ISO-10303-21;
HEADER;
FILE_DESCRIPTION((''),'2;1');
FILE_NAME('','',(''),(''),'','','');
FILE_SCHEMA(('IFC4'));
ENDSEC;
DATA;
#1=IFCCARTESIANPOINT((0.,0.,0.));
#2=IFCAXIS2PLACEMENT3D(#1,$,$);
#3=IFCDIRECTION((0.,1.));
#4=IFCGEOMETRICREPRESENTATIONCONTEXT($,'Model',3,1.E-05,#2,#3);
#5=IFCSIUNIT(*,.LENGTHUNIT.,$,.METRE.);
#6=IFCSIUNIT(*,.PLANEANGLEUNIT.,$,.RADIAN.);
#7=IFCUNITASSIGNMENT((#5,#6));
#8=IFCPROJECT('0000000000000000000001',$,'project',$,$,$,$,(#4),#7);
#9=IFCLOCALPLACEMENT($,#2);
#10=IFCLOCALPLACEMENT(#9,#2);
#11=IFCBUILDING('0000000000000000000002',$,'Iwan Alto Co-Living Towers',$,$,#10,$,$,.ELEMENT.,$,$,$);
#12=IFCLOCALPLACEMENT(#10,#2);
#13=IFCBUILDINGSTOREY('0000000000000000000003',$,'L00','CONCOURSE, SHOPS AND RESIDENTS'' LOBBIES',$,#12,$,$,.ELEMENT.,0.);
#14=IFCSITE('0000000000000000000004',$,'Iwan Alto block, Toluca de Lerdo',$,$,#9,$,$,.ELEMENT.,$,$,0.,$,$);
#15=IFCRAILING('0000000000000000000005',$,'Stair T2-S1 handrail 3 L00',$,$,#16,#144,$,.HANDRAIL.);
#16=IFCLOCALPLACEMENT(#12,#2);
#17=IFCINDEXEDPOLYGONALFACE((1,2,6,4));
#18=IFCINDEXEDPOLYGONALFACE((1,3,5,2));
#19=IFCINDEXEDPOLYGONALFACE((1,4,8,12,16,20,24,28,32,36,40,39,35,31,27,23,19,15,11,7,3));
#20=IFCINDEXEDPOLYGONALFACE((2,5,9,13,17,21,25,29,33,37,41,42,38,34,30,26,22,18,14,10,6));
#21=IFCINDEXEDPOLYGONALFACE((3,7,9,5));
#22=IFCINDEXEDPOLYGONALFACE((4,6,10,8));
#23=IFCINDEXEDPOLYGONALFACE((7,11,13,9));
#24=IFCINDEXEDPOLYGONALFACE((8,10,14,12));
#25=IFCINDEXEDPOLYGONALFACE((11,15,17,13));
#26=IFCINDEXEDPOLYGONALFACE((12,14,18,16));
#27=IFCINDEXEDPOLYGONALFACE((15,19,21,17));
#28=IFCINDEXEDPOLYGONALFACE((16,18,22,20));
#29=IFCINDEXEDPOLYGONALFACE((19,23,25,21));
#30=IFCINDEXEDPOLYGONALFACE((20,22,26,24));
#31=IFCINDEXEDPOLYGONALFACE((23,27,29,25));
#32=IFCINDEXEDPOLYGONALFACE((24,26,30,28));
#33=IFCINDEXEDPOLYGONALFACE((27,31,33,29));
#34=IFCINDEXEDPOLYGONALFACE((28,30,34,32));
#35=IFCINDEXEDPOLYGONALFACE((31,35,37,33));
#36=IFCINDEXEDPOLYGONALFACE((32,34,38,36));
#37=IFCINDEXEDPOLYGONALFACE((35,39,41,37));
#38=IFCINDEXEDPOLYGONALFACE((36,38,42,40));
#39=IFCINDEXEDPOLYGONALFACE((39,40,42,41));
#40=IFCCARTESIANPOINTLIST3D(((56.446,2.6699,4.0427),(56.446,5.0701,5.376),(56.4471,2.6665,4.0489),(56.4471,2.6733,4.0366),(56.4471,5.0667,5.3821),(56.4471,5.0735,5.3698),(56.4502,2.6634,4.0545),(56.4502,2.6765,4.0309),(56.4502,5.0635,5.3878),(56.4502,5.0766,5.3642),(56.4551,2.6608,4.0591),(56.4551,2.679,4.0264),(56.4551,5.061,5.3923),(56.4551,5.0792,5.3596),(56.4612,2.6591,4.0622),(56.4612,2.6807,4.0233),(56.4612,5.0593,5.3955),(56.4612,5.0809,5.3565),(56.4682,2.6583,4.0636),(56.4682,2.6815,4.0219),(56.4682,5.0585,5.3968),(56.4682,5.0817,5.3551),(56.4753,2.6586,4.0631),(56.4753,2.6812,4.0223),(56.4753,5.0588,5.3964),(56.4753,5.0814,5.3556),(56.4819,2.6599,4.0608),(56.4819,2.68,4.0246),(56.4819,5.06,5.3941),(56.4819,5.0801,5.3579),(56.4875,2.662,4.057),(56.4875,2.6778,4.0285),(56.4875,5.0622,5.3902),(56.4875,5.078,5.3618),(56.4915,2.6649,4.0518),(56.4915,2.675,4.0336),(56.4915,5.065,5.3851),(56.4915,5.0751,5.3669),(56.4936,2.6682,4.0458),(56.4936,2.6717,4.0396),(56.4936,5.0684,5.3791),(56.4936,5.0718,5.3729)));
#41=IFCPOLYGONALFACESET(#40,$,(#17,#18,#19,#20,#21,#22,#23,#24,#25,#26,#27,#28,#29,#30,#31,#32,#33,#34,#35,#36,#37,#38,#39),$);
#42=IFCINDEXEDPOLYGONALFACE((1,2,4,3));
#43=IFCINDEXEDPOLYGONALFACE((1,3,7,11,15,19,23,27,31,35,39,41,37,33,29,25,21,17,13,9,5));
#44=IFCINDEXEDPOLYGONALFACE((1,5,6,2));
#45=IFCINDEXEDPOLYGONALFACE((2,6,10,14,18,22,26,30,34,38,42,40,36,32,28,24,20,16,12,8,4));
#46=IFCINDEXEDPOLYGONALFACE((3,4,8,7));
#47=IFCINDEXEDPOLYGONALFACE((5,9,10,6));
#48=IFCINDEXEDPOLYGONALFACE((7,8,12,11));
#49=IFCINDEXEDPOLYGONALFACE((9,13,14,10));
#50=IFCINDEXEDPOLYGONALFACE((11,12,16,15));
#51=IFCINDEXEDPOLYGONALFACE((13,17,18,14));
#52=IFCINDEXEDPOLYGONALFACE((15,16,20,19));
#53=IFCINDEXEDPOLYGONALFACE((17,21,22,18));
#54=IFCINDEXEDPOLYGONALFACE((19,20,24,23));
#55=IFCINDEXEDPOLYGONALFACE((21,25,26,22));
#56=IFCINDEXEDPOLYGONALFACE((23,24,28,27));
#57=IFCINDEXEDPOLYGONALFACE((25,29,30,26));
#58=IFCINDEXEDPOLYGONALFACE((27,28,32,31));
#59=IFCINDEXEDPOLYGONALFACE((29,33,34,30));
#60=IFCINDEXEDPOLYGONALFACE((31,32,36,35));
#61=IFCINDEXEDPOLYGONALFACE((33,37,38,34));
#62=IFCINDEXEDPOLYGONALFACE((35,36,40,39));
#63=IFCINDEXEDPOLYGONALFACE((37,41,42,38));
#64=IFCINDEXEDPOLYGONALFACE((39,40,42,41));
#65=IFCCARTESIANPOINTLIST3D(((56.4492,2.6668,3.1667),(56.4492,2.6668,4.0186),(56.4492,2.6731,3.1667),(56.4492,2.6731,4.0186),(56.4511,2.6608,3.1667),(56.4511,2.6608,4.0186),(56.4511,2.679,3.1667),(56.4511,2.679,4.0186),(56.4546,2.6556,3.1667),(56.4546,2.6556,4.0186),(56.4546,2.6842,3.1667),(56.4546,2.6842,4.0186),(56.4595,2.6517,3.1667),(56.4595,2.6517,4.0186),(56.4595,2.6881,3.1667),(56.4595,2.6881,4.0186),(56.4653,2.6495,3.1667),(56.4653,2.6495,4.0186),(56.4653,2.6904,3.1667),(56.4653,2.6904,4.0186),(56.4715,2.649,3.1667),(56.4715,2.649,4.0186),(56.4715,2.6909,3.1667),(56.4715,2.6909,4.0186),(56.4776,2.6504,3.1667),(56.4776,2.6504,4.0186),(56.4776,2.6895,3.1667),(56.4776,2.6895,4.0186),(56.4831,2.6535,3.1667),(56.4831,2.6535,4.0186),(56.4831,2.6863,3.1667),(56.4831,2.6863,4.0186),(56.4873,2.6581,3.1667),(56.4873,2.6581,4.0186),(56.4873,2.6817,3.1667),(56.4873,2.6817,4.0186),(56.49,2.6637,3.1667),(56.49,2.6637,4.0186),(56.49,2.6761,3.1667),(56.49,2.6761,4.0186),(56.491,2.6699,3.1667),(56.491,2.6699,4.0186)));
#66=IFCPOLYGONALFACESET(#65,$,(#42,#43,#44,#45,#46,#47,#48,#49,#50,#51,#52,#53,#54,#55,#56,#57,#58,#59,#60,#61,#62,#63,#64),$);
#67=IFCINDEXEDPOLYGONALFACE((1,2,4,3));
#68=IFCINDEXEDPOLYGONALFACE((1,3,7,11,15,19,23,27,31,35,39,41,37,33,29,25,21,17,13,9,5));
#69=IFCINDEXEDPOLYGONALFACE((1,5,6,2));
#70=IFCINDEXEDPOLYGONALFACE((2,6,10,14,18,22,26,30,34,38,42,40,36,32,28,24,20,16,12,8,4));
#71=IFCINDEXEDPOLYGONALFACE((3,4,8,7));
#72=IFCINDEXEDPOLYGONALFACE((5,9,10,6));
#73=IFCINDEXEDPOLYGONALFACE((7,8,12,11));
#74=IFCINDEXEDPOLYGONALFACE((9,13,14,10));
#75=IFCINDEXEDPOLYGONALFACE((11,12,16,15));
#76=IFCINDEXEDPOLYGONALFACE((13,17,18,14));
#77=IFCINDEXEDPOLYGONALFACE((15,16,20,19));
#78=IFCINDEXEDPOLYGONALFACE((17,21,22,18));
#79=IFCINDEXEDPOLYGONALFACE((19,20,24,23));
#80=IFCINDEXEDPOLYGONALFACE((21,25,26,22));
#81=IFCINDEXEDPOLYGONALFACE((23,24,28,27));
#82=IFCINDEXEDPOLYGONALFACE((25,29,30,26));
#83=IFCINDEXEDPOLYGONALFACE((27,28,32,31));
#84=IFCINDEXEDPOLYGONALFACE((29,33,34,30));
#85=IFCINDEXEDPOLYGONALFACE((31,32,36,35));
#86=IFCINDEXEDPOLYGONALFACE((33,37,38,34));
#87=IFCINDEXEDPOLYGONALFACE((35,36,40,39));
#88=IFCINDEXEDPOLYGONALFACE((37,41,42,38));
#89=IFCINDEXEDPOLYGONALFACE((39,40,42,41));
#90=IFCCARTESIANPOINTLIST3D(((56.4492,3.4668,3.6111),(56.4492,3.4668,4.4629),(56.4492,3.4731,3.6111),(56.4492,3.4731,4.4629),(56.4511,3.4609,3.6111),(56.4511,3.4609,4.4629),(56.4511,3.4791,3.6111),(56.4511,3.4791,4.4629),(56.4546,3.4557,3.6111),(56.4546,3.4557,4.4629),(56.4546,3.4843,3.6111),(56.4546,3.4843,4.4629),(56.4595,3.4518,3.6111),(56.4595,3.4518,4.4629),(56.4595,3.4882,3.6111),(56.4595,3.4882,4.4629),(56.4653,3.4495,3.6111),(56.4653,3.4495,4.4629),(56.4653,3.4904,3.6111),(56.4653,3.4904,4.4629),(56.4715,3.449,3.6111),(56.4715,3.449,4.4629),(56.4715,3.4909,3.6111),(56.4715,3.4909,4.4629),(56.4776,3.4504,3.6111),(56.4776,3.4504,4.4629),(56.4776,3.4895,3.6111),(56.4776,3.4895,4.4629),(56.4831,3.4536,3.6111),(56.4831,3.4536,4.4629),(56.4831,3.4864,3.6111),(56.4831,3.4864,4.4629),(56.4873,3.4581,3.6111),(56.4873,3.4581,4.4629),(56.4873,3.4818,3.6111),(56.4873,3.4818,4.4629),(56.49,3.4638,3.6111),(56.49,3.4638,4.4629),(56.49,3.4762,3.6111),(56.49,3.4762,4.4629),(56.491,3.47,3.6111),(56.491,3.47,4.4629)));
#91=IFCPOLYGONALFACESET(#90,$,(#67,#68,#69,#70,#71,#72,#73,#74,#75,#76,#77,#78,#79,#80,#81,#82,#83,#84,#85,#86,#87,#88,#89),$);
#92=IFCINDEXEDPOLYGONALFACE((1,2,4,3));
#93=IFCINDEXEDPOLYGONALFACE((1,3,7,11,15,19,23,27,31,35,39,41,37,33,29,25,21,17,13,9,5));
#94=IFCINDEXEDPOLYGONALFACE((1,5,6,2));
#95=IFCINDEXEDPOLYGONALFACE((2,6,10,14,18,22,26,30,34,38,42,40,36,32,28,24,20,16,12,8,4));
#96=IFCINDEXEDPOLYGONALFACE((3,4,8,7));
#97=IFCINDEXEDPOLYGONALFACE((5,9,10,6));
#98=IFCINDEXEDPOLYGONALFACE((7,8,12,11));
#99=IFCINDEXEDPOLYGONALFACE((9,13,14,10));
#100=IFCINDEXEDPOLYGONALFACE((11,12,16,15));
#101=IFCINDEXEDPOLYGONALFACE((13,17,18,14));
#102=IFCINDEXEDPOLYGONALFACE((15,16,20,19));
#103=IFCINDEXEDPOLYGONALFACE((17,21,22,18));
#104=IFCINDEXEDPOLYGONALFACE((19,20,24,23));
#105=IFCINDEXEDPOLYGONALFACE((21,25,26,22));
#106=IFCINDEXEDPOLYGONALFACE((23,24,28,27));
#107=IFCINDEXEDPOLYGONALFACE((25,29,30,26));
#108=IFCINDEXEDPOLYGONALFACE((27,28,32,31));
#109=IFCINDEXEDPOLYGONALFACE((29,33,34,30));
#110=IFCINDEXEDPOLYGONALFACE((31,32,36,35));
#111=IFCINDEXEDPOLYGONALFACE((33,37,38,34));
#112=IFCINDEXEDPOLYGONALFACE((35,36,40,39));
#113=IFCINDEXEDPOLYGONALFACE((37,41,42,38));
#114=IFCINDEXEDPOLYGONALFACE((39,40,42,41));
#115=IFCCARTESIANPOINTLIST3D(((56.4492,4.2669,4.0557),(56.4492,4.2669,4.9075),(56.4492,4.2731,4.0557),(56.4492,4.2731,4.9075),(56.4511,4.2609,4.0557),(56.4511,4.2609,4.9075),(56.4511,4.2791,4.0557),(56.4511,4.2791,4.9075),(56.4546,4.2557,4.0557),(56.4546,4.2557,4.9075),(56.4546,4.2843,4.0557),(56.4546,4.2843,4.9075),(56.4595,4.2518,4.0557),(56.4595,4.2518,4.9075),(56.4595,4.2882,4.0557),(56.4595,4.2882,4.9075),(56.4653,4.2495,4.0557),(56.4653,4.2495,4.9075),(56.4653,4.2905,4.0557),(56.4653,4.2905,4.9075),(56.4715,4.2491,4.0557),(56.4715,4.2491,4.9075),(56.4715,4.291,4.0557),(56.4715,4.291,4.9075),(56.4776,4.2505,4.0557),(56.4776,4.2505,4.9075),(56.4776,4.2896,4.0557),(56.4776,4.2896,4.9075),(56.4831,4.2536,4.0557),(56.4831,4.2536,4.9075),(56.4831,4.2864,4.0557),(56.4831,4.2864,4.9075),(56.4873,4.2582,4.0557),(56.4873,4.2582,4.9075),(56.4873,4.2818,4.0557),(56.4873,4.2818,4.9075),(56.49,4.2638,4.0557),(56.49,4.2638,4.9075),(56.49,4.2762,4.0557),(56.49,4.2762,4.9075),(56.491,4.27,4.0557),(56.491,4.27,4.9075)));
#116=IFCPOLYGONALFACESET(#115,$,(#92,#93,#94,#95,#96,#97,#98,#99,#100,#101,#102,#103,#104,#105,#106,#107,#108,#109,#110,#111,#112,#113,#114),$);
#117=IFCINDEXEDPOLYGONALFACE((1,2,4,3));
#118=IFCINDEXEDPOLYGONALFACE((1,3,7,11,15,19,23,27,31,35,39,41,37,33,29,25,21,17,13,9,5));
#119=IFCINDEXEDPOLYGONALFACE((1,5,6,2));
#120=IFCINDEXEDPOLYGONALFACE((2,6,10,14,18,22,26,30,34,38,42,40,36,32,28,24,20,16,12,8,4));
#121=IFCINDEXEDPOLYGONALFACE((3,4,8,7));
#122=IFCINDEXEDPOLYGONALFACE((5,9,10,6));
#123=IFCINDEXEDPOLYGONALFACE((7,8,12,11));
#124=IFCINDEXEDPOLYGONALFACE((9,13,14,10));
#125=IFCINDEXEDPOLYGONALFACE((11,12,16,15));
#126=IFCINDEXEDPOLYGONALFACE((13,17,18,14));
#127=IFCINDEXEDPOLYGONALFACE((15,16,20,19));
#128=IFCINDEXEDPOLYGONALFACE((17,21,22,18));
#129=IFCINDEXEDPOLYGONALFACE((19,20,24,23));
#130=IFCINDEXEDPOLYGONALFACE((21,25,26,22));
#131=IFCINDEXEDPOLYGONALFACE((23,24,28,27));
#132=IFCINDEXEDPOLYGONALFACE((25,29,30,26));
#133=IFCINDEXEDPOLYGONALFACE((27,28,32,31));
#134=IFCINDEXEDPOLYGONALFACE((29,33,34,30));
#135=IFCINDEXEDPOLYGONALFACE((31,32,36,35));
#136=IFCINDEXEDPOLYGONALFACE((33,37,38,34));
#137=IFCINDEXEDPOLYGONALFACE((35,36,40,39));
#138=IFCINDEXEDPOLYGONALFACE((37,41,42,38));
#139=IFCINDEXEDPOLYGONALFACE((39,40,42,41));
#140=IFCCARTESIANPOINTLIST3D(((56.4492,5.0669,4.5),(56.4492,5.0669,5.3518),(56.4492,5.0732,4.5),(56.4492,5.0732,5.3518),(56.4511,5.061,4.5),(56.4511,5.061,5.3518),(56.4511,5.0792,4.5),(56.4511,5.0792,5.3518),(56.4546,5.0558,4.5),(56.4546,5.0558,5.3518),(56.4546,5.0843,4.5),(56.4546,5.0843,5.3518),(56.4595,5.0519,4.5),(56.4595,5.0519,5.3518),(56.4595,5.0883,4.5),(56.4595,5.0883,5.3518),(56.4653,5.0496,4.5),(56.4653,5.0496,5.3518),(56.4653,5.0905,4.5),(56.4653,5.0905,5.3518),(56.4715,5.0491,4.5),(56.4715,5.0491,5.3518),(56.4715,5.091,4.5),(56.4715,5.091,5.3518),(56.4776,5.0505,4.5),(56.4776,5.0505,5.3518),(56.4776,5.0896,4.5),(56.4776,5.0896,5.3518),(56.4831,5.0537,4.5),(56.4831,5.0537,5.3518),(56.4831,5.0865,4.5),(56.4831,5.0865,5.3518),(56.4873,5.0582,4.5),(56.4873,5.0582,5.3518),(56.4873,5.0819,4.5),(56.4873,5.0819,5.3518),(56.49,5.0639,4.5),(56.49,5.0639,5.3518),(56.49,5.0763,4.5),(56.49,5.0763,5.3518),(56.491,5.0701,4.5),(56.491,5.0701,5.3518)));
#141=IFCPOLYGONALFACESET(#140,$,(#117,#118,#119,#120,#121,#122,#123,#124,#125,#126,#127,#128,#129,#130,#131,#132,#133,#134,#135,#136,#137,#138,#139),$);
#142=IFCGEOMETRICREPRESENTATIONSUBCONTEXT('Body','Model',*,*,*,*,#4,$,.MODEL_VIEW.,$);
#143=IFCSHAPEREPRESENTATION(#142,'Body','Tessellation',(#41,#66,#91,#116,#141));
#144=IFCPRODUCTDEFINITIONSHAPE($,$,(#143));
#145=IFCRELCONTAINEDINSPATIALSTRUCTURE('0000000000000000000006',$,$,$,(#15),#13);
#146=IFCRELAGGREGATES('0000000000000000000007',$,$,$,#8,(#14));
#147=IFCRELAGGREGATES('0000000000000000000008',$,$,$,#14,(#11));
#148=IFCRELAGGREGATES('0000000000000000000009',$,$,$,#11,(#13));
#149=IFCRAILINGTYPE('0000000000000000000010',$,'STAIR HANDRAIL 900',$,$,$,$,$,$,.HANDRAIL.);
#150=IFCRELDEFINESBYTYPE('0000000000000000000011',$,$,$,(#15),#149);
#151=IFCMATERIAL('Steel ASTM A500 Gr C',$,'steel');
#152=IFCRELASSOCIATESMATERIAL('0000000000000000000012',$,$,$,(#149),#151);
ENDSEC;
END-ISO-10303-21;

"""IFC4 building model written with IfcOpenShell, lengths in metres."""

from ifc_helpers import new_model, si_unit, direction, frame, origin, origin_2d, place, context, subcontext, project, spatial, circle, extrude, material, type_object, element, save


model = new_model("IFC4")

# Units and contexts
model_context = context("Model", 3, precision=1e-05, world=origin(), true_north=direction((0.0, 1.0)))
body_context = subcontext(model_context, "Body", "Model", "MODEL_VIEW")
ifc_project = project(units=[si_unit("LENGTHUNIT", "METRE"), si_unit("PLANEANGLEUNIT", "RADIAN")], contexts=[model_context])

# Site, building, storey
site_placement = place(None, origin())
site = spatial("IfcSite", under=ifc_project, at=site_placement, Name="Iwan Alto block, Toluca de Lerdo", CompositionType="ELEMENT", RefElevation=0.0)
building_placement = place(site_placement, origin())
building = spatial("IfcBuilding", under=site, at=building_placement, Name="Iwan Alto Co-Living Towers", CompositionType="ELEMENT")
storey_placement = place(building_placement, origin())
storey = spatial("IfcBuildingStorey", under=building, at=storey_placement, Name="L00", Description="CONCOURSE, SHOPS AND RESIDENTS' LOBBIES", CompositionType="ELEMENT", Elevation=0.0)

# Railing
ifc_material_1 = material(Name="Steel ASTM A500 Gr C", Category="steel")
railing_type_1 = type_object("IfcRailingType", Name="STAIR HANDRAIL 900", PredefinedType="HANDRAIL", material=ifc_material_1)
railing_1_placement = place(storey_placement, frame((56.47, 2.6699, 3.1667)))
element("IfcRailing", 1, at=railing_1_placement, inside=storey, type_object=railing_type_1, Name="Stair T2-S1 handrail 3 L00", PredefinedType="HANDRAIL", context=body_context, shape_type="SweptSolid", body=[
    extrude(circle(Radius=0.0239, at=origin_2d()), frame((0.0, 0.0, 0.876), z_axis=(0.0, 0.874182, 0.485598), x_axis=(-1.0, 0.0, 0.0)), (0.0, 0.0, 1.0), 2.7456),
    extrude(circle(Radius=0.021, at=origin_2d()), origin(), (0.0, 0.0, 1.0), 0.8518),
    extrude(circle(Radius=0.021, at=origin_2d()), frame((0.0, 0.8, 0.4443)), (0.0, 0.0, 1.0), 0.8518),
    extrude(circle(Radius=0.021, at=origin_2d()), frame((0.0, 1.6001, 0.8889)), (0.0, 0.0, 1.0), 0.8518),
    extrude(circle(Radius=0.021, at=origin_2d()), frame((0.0, 2.4001, 1.3333)), (0.0, 0.0, 1.0), 0.8518),
])

save(model, "model.ifc")
